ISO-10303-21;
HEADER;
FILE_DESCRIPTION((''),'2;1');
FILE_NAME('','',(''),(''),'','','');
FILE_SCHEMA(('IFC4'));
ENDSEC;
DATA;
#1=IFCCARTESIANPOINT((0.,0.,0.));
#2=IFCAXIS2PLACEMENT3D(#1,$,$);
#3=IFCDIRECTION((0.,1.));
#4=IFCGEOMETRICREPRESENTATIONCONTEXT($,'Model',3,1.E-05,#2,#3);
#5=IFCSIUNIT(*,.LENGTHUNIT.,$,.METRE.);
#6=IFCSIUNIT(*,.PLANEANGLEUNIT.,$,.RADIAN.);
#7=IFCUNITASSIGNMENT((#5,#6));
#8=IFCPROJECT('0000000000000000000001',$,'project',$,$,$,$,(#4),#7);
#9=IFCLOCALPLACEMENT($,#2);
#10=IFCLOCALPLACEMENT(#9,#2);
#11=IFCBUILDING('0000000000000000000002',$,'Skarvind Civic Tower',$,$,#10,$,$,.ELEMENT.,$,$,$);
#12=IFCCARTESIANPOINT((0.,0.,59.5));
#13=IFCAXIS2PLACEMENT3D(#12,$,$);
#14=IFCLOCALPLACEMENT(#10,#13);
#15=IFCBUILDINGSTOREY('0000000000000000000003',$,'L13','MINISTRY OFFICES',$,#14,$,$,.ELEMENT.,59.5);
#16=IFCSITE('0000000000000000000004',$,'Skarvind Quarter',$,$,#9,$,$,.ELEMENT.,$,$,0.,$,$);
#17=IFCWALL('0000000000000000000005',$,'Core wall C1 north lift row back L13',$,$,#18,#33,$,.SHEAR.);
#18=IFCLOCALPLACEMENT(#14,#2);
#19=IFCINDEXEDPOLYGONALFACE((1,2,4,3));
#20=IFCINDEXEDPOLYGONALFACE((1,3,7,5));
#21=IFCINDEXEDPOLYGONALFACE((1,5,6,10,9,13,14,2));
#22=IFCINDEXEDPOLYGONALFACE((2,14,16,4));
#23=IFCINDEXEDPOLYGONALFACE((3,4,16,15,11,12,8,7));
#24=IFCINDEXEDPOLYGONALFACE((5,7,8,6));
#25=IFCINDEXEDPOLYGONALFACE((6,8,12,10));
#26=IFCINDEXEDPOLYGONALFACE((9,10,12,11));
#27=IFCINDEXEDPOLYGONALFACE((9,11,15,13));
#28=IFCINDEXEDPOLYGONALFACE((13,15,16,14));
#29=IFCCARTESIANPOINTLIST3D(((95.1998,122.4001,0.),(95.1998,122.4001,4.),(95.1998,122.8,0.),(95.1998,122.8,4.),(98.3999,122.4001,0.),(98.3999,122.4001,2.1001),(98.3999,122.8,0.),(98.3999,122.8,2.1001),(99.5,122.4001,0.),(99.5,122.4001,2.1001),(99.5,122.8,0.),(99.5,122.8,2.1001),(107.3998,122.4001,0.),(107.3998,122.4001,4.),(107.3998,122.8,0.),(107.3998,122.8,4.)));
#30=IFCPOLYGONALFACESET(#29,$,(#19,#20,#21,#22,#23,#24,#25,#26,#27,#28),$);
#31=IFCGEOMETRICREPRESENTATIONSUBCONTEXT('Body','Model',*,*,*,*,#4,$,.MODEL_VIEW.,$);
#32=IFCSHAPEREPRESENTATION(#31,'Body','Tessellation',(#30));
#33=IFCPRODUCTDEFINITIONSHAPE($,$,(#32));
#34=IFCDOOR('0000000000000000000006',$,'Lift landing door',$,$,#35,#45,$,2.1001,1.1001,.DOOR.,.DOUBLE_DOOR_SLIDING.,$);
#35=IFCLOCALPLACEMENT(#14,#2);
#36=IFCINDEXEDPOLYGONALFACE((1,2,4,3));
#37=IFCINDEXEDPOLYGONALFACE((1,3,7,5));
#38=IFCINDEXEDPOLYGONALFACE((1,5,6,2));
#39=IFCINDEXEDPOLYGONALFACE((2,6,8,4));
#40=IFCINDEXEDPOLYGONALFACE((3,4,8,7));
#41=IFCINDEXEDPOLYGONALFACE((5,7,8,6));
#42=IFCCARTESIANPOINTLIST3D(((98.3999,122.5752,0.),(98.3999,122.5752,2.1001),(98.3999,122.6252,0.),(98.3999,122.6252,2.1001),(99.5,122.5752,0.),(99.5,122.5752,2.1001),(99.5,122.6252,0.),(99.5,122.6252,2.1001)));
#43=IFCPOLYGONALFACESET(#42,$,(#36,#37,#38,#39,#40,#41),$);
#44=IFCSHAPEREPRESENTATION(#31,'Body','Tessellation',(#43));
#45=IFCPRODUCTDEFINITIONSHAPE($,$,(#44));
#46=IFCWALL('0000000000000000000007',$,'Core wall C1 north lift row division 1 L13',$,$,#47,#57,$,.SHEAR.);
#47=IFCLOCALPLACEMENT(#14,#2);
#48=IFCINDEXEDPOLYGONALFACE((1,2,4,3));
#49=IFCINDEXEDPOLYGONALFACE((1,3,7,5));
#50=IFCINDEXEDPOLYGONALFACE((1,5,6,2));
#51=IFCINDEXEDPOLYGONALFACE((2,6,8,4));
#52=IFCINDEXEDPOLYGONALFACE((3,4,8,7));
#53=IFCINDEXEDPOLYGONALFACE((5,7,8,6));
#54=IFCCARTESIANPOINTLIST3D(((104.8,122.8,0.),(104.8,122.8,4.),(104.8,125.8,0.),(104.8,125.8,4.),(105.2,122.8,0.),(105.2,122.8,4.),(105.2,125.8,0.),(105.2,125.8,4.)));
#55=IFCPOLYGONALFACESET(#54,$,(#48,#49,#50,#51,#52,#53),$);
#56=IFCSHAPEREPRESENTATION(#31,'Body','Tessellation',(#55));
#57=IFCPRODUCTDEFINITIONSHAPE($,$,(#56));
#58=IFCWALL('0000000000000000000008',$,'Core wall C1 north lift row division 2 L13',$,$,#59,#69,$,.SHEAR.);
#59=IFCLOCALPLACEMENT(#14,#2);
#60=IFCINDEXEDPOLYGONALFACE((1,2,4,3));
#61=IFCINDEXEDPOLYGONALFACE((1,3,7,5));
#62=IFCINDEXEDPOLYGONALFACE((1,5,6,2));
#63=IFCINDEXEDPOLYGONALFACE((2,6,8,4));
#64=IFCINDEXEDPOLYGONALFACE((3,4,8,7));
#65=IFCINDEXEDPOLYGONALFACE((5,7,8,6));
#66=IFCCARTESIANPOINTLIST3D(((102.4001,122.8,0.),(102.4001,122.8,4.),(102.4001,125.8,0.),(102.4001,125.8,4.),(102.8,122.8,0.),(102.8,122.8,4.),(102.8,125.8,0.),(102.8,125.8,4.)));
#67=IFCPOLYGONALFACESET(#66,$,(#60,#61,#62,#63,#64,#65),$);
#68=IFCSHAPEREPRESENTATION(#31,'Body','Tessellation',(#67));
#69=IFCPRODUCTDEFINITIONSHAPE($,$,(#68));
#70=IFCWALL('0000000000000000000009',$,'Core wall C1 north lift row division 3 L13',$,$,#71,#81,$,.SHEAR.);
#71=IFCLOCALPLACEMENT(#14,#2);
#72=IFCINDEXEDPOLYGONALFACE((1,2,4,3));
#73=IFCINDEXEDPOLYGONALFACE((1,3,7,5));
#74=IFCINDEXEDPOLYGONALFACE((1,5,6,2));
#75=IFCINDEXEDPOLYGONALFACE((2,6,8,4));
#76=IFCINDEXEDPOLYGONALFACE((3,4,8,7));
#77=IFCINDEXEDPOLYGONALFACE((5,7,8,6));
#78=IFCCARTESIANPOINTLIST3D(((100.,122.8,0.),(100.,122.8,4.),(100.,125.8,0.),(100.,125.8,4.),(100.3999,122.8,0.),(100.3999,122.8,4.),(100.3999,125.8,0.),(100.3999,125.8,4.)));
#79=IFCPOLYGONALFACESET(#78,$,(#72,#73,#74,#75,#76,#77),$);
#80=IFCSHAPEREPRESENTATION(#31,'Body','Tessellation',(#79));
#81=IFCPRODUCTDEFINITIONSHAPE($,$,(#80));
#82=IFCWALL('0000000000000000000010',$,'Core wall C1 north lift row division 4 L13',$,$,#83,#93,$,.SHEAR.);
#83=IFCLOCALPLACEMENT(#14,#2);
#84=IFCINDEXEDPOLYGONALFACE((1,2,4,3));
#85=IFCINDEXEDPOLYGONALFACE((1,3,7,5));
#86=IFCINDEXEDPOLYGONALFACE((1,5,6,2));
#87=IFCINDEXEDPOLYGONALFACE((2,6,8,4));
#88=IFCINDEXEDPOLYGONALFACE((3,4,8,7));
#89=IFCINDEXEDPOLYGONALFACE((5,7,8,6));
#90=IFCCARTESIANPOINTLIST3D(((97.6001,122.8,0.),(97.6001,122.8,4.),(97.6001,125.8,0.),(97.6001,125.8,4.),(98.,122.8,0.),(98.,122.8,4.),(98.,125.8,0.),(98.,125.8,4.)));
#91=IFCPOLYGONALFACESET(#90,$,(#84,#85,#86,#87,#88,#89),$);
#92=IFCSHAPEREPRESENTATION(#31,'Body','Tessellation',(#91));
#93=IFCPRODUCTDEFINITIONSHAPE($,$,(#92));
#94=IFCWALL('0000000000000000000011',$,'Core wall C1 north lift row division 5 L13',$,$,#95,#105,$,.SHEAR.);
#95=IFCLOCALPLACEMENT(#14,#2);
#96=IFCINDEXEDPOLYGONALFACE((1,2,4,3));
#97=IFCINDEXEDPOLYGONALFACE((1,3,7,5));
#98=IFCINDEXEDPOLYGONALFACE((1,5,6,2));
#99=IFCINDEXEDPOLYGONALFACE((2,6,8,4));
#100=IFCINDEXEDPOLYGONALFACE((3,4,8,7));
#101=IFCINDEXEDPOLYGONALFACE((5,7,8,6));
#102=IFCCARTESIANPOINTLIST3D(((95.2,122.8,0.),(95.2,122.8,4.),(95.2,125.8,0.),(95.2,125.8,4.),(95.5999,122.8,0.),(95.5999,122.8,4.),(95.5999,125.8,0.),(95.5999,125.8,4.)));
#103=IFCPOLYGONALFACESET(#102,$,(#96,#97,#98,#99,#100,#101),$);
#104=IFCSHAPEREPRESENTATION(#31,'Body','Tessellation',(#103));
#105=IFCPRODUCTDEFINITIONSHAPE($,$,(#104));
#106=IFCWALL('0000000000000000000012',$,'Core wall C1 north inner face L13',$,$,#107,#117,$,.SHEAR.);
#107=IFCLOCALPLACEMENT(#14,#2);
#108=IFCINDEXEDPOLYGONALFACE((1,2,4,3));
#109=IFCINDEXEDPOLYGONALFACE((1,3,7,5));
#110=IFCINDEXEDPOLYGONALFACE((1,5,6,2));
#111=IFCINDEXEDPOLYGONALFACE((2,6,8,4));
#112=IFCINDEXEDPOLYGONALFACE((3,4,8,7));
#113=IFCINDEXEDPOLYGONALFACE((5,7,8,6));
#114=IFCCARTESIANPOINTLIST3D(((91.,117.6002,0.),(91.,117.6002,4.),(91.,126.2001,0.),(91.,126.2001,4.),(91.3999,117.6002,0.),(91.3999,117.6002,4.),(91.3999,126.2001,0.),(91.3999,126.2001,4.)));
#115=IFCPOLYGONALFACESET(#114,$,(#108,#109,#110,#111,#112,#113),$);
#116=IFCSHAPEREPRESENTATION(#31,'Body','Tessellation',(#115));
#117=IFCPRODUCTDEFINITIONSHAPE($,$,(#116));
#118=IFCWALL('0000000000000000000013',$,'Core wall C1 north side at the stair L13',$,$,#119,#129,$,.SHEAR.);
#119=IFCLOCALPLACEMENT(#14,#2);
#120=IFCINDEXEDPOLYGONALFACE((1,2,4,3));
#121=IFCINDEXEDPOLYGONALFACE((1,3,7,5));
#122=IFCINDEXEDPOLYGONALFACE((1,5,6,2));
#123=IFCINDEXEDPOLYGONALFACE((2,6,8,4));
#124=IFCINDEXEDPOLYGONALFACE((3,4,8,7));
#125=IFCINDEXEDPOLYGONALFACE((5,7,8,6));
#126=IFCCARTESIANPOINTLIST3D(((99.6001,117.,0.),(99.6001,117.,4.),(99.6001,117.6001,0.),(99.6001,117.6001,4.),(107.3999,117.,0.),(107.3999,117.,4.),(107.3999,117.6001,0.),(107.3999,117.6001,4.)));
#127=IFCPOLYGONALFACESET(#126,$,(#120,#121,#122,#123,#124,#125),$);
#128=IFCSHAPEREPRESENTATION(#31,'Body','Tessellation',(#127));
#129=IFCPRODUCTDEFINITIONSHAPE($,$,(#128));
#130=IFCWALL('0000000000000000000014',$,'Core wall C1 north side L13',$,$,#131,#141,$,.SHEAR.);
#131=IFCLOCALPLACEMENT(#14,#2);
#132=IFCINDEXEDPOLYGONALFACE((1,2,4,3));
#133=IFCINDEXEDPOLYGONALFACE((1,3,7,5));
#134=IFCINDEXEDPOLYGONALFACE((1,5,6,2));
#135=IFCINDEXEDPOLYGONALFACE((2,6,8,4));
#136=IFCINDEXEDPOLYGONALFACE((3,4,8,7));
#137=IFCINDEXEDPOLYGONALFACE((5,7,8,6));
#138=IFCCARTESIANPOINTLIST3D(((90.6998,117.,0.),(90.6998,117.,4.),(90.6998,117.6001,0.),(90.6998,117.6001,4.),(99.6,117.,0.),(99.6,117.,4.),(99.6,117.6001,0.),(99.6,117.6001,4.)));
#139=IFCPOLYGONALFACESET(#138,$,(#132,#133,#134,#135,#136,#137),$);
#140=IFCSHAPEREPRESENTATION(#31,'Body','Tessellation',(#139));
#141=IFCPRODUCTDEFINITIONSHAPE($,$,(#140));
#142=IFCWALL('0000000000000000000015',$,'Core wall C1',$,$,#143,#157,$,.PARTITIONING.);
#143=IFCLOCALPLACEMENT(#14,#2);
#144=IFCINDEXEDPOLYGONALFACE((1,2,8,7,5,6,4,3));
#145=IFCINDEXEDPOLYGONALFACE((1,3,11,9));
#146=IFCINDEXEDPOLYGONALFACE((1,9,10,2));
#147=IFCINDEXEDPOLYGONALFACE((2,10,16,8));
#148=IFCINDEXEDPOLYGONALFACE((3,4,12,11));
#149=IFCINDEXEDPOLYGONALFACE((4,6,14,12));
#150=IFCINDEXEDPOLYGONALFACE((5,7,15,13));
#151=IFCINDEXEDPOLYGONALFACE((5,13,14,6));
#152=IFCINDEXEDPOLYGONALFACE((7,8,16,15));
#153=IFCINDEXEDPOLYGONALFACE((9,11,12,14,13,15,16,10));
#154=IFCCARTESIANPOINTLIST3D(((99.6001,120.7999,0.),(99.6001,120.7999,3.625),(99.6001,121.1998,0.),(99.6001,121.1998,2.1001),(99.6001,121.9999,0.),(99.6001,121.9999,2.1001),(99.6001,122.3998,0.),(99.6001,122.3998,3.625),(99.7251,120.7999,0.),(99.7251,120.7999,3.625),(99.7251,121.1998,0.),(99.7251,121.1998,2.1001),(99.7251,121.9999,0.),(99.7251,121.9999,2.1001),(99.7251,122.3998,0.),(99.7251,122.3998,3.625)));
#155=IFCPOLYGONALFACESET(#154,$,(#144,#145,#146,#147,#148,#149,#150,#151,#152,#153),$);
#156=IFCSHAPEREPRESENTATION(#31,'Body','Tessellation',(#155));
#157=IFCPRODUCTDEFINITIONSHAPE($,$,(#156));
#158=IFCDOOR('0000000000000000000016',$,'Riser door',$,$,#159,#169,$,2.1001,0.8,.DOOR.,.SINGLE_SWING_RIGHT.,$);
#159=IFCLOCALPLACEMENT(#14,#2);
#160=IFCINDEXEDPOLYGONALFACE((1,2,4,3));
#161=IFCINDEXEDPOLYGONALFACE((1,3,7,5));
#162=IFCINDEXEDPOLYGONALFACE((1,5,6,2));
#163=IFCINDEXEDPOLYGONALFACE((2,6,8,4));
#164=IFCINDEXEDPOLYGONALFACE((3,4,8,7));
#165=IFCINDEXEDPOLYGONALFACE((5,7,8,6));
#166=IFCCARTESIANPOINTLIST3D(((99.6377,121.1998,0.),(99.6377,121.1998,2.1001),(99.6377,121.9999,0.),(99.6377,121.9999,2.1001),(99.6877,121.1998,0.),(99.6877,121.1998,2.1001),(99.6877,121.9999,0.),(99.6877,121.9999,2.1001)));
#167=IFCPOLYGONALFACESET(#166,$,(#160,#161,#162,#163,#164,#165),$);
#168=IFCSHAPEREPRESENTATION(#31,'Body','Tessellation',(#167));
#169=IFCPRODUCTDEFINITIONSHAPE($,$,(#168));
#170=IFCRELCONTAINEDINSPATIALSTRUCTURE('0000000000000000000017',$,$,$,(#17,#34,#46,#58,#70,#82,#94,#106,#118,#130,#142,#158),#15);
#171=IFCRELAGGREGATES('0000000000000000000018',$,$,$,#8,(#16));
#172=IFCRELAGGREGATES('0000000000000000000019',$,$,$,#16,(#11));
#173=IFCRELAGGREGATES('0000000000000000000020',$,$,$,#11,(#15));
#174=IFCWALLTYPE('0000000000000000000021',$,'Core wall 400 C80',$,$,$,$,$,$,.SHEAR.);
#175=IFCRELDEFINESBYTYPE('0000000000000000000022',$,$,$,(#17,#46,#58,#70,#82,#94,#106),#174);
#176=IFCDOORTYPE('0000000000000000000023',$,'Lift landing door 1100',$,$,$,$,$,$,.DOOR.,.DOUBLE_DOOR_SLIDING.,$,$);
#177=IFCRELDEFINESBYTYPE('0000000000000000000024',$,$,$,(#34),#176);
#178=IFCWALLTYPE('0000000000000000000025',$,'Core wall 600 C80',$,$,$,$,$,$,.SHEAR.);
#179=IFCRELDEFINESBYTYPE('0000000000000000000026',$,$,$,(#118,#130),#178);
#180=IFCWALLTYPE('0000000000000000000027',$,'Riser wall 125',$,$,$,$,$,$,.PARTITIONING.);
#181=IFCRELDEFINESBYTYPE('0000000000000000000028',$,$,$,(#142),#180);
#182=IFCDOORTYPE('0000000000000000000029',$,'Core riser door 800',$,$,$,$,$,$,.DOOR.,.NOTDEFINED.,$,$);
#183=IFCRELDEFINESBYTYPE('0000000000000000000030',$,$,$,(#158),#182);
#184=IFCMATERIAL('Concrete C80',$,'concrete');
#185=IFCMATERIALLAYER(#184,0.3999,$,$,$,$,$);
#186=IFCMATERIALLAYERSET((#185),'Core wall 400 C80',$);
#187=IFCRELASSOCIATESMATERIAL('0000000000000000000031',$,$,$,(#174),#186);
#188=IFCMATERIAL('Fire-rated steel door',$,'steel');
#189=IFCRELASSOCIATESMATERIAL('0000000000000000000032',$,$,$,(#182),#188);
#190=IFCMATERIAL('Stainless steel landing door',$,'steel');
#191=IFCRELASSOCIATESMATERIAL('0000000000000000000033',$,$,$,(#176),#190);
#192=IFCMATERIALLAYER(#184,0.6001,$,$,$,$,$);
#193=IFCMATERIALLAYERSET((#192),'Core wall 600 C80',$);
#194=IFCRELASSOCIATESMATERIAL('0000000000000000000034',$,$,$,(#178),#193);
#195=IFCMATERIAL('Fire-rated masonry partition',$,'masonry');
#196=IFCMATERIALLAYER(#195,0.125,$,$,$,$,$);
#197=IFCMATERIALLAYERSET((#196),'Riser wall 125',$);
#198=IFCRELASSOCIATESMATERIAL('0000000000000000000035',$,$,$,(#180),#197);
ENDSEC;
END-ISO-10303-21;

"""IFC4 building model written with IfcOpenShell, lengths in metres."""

from ifc_helpers import new_model, si_unit, direction, frame, frame_2d, origin, place, context, subcontext, project, spatial, rectangle, extrude, material, layer, layer_set, type_object, element, fill, save


model = new_model("IFC4")

# Units and contexts
model_context = context("Model", 3, precision=1e-05, world=origin(), true_north=direction((0.0, 1.0)))
body_context = subcontext(model_context, "Body", "Model", "MODEL_VIEW")
ifc_project = project(units=[si_unit("LENGTHUNIT", "METRE"), si_unit("PLANEANGLEUNIT", "RADIAN")], contexts=[model_context])

# Site, building, storey
site_placement = place(None, origin())
site = spatial("IfcSite", under=ifc_project, at=site_placement, Name="Skarvind Quarter", CompositionType="ELEMENT", RefElevation=0.0)
building_placement = place(site_placement, origin())
building = spatial("IfcBuilding", under=site, at=building_placement, Name="Skarvind Civic Tower", CompositionType="ELEMENT")
storey_placement = place(building_placement, frame((0.0, 0.0, 59.5)))
storey = spatial("IfcBuildingStorey", under=building, at=storey_placement, Name="L13", Description="MINISTRY OFFICES", CompositionType="ELEMENT", Elevation=59.5)

# Shared definitions
ifc_material_1 = material(Name="Fire-rated masonry partition", Category="masonry")
ifc_material_2 = material(Name="Fire-rated steel door", Category="steel")

# Shared definitions
ifc_material_3 = material(Name="Concrete C80", Category="concrete")
ifc_layer_1 = layer(ifc_material_3, 0.3999)
ifc_layer_set_1 = layer_set([ifc_layer_1], Name="Core wall 400 C80")
wall_type_1 = type_object("IfcWallType", Name="Core wall 400 C80", PredefinedType="SHEAR", material=ifc_layer_set_1)

# Shared definitions
door_type_1 = type_object("IfcDoorType", Name="Core riser door 800", OperationType="NOTDEFINED", PredefinedType="DOOR", material=ifc_material_2)
ifc_material_4 = material(Name="Stainless steel landing door", Category="steel")
door_type_2 = type_object("IfcDoorType", Name="Lift landing door 1100", OperationType="DOUBLE_DOOR_SLIDING", PredefinedType="DOOR", material=ifc_material_4)

# Wall, opening, door
wall_1_placement = place(storey_placement, frame((107.3999, 122.6001, 0.0), z_axis=(0.0, 0.0, 1.0), x_axis=(-1.0, 0.0, 0.0)))
wall_1 = element("IfcWall", 1, at=wall_1_placement, inside=storey, type_object=wall_type_1, Name="Core wall C1 north lift row back L13", PredefinedType="SHEAR", context=body_context, shape_type="SweptSolid", body=[
    extrude(rectangle(XDim=12.2, YDim=0.3999, at=frame_2d((6.1001, 0.0))), origin(), (0.0, 0.0, 1.0), 4.0),
])
opening_1_placement = place(wall_1_placement, frame((7.8999, 0.0, 0.0)))
opening_1 = element("IfcOpeningElement", 2, at=opening_1_placement, cuts=wall_1, PredefinedType="OPENING", context=body_context, shape_type="SweptSolid", body=[
    extrude(rectangle(XDim=1.1001, YDim=2.1001, at=frame_2d((0.55, 1.05))), frame((0.0, 0.21, 0.0), z_axis=(0.0, -1.0, 0.0), x_axis=(1.0, 0.0, 0.0)), (0.0, 0.0, 1.0), 0.4199),
])
door_1_placement = place(opening_1_placement, origin())
door_1 = element("IfcDoor", 3, at=door_1_placement, inside=storey, type_object=door_type_2, Name="Lift landing door", OperationType="DOUBLE_DOOR_SLIDING", OverallHeight=2.1001, OverallWidth=1.1001, PredefinedType="DOOR", context=body_context, shape_type="SweptSolid", body=[
    extrude(rectangle(XDim=1.1001, YDim=2.1001, at=frame_2d((0.55, 1.05))), frame((0.0, 0.0249, 0.0), z_axis=(0.0, -1.0, 0.0), x_axis=(1.0, 0.0, 0.0)), (0.0, 0.0, 1.0), 0.05),
])
fill(opening_1, door_1)

# Walls
for number, where, z_axis, x_axis, name in (
    (4, (105.0, 125.8, 0.0), (0.0, 0.0, 1.0), (0.0, -1.0, 0.0), "Core wall C1 north lift row division 1 L13"),
    (5, (102.6001, 125.8, 0.0), (0.0, 0.0, 1.0), (0.0, -1.0, 0.0), "Core wall C1 north lift row division 2 L13"),
    (6, (100.2, 125.8, 0.0), (0.0, 0.0, 1.0), (0.0, -1.0, 0.0), "Core wall C1 north lift row division 3 L13"),
    (7, (97.8, 125.8, 0.0), (0.0, 0.0, 1.0), (0.0, -1.0, 0.0), "Core wall C1 north lift row division 4 L13"),
    (8, (95.3999, 125.8, 0.0), (0.0, 0.0, 1.0), (0.0, -1.0, 0.0), "Core wall C1 north lift row division 5 L13"),
):
    element("IfcWall", number, at=place(storey_placement, frame(where, z_axis=z_axis, x_axis=x_axis)), inside=storey, type_object=wall_type_1, Name=name, PredefinedType="SHEAR", context=body_context, shape_type="SweptSolid", body=[
        extrude(rectangle(XDim=3.0, YDim=0.3999, at=frame_2d((1.5, 0.0))), origin(), (0.0, 0.0, 1.0), 4.0),
    ])
wall_2_placement = place(storey_placement, frame((91.2, 126.2, 0.0), z_axis=(0.0, 0.0, 1.0), x_axis=(0.0, -1.0, 0.0)))
element("IfcWall", 9, at=wall_2_placement, inside=storey, type_object=wall_type_1, Name="Core wall C1 north inner face L13", PredefinedType="SHEAR", context=body_context, shape_type="SweptSolid", body=[
    extrude(rectangle(XDim=8.5999, YDim=0.3999, at=frame_2d((4.2998, 0.0))), origin(), (0.0, 0.0, 1.0), 4.0),
])
ifc_layer_2 = layer(ifc_material_3, 0.6001)
ifc_layer_set_2 = layer_set([ifc_layer_2], Name="Core wall 600 C80")
wall_type_2 = type_object("IfcWallType", Name="Core wall 600 C80", PredefinedType="SHEAR", material=ifc_layer_set_2)
wall_3_placement = place(storey_placement, frame((107.3999, 117.3, 0.0), z_axis=(0.0, 0.0, 1.0), x_axis=(-1.0, 0.0, 0.0)))
element("IfcWall", 10, at=wall_3_placement, inside=storey, type_object=wall_type_2, Name="Core wall C1 north side at the stair L13", PredefinedType="SHEAR", context=body_context, shape_type="SweptSolid", body=[
    extrude(rectangle(XDim=7.7998, YDim=0.6001, at=frame_2d((3.8999, 0.0))), origin(), (0.0, 0.0, 1.0), 4.0),
])
wall_4_placement = place(storey_placement, frame((99.6001, 117.3, 0.0), z_axis=(0.0, 0.0, 1.0), x_axis=(-1.0, 0.0, 0.0)))
element("IfcWall", 11, at=wall_4_placement, inside=storey, type_object=wall_type_2, Name="Core wall C1 north side L13", PredefinedType="SHEAR", context=body_context, shape_type="SweptSolid", body=[
    extrude(rectangle(XDim=8.9001, YDim=0.6001, at=frame_2d((4.4502, 0.0))), origin(), (0.0, 0.0, 1.0), 4.0),
])

# Wall, opening, door
ifc_layer_3 = layer(ifc_material_1, 0.125)
ifc_layer_set_3 = layer_set([ifc_layer_3], Name="Riser wall 125")
wall_type_3 = type_object("IfcWallType", Name="Riser wall 125", PredefinedType="PARTITIONING", material=ifc_layer_set_3)
wall_5_placement = place(storey_placement, frame((99.6626, 120.8, 0.0), z_axis=(0.0, 0.0, 1.0), x_axis=(0.0, 1.0, 0.0)))
wall_5 = element("IfcWall", 12, at=wall_5_placement, inside=storey, type_object=wall_type_3, Name="Core wall C1", PredefinedType="PARTITIONING", context=body_context, shape_type="SweptSolid", body=[
    extrude(rectangle(XDim=1.5999, YDim=0.125, at=frame_2d((0.7998, 0.0))), origin(), (0.0, 0.0, 1.0), 3.625),
])
opening_2_placement = place(wall_5_placement, frame((0.3999, 0.0, 0.0)))
opening_2 = element("IfcOpeningElement", 13, at=opening_2_placement, cuts=wall_5, PredefinedType="OPENING", context=body_context, shape_type="SweptSolid", body=[
    extrude(rectangle(XDim=0.8, YDim=2.1001, at=frame_2d((0.3999, 1.05))), frame((0.0, 0.0725, 0.0), z_axis=(0.0, -1.0, 0.0), x_axis=(1.0, 0.0, 0.0)), (0.0, 0.0, 1.0), 0.145),
])
door_2_placement = place(opening_2_placement, origin())
door_2 = element("IfcDoor", 14, at=door_2_placement, inside=storey, type_object=door_type_1, Name="Riser door", OperationType="SINGLE_SWING_RIGHT", OverallHeight=2.1001, OverallWidth=0.8, PredefinedType="DOOR", context=body_context, shape_type="SweptSolid", body=[
    extrude(rectangle(XDim=0.8, YDim=2.1001, at=frame_2d((0.3999, 1.05))), frame((0.0, 0.0249, 0.0), z_axis=(0.0, -1.0, 0.0), x_axis=(1.0, 0.0, 0.0)), (0.0, 0.0, 1.0), 0.05),
])
fill(opening_2, door_2)

save(model, "model.ifc")
